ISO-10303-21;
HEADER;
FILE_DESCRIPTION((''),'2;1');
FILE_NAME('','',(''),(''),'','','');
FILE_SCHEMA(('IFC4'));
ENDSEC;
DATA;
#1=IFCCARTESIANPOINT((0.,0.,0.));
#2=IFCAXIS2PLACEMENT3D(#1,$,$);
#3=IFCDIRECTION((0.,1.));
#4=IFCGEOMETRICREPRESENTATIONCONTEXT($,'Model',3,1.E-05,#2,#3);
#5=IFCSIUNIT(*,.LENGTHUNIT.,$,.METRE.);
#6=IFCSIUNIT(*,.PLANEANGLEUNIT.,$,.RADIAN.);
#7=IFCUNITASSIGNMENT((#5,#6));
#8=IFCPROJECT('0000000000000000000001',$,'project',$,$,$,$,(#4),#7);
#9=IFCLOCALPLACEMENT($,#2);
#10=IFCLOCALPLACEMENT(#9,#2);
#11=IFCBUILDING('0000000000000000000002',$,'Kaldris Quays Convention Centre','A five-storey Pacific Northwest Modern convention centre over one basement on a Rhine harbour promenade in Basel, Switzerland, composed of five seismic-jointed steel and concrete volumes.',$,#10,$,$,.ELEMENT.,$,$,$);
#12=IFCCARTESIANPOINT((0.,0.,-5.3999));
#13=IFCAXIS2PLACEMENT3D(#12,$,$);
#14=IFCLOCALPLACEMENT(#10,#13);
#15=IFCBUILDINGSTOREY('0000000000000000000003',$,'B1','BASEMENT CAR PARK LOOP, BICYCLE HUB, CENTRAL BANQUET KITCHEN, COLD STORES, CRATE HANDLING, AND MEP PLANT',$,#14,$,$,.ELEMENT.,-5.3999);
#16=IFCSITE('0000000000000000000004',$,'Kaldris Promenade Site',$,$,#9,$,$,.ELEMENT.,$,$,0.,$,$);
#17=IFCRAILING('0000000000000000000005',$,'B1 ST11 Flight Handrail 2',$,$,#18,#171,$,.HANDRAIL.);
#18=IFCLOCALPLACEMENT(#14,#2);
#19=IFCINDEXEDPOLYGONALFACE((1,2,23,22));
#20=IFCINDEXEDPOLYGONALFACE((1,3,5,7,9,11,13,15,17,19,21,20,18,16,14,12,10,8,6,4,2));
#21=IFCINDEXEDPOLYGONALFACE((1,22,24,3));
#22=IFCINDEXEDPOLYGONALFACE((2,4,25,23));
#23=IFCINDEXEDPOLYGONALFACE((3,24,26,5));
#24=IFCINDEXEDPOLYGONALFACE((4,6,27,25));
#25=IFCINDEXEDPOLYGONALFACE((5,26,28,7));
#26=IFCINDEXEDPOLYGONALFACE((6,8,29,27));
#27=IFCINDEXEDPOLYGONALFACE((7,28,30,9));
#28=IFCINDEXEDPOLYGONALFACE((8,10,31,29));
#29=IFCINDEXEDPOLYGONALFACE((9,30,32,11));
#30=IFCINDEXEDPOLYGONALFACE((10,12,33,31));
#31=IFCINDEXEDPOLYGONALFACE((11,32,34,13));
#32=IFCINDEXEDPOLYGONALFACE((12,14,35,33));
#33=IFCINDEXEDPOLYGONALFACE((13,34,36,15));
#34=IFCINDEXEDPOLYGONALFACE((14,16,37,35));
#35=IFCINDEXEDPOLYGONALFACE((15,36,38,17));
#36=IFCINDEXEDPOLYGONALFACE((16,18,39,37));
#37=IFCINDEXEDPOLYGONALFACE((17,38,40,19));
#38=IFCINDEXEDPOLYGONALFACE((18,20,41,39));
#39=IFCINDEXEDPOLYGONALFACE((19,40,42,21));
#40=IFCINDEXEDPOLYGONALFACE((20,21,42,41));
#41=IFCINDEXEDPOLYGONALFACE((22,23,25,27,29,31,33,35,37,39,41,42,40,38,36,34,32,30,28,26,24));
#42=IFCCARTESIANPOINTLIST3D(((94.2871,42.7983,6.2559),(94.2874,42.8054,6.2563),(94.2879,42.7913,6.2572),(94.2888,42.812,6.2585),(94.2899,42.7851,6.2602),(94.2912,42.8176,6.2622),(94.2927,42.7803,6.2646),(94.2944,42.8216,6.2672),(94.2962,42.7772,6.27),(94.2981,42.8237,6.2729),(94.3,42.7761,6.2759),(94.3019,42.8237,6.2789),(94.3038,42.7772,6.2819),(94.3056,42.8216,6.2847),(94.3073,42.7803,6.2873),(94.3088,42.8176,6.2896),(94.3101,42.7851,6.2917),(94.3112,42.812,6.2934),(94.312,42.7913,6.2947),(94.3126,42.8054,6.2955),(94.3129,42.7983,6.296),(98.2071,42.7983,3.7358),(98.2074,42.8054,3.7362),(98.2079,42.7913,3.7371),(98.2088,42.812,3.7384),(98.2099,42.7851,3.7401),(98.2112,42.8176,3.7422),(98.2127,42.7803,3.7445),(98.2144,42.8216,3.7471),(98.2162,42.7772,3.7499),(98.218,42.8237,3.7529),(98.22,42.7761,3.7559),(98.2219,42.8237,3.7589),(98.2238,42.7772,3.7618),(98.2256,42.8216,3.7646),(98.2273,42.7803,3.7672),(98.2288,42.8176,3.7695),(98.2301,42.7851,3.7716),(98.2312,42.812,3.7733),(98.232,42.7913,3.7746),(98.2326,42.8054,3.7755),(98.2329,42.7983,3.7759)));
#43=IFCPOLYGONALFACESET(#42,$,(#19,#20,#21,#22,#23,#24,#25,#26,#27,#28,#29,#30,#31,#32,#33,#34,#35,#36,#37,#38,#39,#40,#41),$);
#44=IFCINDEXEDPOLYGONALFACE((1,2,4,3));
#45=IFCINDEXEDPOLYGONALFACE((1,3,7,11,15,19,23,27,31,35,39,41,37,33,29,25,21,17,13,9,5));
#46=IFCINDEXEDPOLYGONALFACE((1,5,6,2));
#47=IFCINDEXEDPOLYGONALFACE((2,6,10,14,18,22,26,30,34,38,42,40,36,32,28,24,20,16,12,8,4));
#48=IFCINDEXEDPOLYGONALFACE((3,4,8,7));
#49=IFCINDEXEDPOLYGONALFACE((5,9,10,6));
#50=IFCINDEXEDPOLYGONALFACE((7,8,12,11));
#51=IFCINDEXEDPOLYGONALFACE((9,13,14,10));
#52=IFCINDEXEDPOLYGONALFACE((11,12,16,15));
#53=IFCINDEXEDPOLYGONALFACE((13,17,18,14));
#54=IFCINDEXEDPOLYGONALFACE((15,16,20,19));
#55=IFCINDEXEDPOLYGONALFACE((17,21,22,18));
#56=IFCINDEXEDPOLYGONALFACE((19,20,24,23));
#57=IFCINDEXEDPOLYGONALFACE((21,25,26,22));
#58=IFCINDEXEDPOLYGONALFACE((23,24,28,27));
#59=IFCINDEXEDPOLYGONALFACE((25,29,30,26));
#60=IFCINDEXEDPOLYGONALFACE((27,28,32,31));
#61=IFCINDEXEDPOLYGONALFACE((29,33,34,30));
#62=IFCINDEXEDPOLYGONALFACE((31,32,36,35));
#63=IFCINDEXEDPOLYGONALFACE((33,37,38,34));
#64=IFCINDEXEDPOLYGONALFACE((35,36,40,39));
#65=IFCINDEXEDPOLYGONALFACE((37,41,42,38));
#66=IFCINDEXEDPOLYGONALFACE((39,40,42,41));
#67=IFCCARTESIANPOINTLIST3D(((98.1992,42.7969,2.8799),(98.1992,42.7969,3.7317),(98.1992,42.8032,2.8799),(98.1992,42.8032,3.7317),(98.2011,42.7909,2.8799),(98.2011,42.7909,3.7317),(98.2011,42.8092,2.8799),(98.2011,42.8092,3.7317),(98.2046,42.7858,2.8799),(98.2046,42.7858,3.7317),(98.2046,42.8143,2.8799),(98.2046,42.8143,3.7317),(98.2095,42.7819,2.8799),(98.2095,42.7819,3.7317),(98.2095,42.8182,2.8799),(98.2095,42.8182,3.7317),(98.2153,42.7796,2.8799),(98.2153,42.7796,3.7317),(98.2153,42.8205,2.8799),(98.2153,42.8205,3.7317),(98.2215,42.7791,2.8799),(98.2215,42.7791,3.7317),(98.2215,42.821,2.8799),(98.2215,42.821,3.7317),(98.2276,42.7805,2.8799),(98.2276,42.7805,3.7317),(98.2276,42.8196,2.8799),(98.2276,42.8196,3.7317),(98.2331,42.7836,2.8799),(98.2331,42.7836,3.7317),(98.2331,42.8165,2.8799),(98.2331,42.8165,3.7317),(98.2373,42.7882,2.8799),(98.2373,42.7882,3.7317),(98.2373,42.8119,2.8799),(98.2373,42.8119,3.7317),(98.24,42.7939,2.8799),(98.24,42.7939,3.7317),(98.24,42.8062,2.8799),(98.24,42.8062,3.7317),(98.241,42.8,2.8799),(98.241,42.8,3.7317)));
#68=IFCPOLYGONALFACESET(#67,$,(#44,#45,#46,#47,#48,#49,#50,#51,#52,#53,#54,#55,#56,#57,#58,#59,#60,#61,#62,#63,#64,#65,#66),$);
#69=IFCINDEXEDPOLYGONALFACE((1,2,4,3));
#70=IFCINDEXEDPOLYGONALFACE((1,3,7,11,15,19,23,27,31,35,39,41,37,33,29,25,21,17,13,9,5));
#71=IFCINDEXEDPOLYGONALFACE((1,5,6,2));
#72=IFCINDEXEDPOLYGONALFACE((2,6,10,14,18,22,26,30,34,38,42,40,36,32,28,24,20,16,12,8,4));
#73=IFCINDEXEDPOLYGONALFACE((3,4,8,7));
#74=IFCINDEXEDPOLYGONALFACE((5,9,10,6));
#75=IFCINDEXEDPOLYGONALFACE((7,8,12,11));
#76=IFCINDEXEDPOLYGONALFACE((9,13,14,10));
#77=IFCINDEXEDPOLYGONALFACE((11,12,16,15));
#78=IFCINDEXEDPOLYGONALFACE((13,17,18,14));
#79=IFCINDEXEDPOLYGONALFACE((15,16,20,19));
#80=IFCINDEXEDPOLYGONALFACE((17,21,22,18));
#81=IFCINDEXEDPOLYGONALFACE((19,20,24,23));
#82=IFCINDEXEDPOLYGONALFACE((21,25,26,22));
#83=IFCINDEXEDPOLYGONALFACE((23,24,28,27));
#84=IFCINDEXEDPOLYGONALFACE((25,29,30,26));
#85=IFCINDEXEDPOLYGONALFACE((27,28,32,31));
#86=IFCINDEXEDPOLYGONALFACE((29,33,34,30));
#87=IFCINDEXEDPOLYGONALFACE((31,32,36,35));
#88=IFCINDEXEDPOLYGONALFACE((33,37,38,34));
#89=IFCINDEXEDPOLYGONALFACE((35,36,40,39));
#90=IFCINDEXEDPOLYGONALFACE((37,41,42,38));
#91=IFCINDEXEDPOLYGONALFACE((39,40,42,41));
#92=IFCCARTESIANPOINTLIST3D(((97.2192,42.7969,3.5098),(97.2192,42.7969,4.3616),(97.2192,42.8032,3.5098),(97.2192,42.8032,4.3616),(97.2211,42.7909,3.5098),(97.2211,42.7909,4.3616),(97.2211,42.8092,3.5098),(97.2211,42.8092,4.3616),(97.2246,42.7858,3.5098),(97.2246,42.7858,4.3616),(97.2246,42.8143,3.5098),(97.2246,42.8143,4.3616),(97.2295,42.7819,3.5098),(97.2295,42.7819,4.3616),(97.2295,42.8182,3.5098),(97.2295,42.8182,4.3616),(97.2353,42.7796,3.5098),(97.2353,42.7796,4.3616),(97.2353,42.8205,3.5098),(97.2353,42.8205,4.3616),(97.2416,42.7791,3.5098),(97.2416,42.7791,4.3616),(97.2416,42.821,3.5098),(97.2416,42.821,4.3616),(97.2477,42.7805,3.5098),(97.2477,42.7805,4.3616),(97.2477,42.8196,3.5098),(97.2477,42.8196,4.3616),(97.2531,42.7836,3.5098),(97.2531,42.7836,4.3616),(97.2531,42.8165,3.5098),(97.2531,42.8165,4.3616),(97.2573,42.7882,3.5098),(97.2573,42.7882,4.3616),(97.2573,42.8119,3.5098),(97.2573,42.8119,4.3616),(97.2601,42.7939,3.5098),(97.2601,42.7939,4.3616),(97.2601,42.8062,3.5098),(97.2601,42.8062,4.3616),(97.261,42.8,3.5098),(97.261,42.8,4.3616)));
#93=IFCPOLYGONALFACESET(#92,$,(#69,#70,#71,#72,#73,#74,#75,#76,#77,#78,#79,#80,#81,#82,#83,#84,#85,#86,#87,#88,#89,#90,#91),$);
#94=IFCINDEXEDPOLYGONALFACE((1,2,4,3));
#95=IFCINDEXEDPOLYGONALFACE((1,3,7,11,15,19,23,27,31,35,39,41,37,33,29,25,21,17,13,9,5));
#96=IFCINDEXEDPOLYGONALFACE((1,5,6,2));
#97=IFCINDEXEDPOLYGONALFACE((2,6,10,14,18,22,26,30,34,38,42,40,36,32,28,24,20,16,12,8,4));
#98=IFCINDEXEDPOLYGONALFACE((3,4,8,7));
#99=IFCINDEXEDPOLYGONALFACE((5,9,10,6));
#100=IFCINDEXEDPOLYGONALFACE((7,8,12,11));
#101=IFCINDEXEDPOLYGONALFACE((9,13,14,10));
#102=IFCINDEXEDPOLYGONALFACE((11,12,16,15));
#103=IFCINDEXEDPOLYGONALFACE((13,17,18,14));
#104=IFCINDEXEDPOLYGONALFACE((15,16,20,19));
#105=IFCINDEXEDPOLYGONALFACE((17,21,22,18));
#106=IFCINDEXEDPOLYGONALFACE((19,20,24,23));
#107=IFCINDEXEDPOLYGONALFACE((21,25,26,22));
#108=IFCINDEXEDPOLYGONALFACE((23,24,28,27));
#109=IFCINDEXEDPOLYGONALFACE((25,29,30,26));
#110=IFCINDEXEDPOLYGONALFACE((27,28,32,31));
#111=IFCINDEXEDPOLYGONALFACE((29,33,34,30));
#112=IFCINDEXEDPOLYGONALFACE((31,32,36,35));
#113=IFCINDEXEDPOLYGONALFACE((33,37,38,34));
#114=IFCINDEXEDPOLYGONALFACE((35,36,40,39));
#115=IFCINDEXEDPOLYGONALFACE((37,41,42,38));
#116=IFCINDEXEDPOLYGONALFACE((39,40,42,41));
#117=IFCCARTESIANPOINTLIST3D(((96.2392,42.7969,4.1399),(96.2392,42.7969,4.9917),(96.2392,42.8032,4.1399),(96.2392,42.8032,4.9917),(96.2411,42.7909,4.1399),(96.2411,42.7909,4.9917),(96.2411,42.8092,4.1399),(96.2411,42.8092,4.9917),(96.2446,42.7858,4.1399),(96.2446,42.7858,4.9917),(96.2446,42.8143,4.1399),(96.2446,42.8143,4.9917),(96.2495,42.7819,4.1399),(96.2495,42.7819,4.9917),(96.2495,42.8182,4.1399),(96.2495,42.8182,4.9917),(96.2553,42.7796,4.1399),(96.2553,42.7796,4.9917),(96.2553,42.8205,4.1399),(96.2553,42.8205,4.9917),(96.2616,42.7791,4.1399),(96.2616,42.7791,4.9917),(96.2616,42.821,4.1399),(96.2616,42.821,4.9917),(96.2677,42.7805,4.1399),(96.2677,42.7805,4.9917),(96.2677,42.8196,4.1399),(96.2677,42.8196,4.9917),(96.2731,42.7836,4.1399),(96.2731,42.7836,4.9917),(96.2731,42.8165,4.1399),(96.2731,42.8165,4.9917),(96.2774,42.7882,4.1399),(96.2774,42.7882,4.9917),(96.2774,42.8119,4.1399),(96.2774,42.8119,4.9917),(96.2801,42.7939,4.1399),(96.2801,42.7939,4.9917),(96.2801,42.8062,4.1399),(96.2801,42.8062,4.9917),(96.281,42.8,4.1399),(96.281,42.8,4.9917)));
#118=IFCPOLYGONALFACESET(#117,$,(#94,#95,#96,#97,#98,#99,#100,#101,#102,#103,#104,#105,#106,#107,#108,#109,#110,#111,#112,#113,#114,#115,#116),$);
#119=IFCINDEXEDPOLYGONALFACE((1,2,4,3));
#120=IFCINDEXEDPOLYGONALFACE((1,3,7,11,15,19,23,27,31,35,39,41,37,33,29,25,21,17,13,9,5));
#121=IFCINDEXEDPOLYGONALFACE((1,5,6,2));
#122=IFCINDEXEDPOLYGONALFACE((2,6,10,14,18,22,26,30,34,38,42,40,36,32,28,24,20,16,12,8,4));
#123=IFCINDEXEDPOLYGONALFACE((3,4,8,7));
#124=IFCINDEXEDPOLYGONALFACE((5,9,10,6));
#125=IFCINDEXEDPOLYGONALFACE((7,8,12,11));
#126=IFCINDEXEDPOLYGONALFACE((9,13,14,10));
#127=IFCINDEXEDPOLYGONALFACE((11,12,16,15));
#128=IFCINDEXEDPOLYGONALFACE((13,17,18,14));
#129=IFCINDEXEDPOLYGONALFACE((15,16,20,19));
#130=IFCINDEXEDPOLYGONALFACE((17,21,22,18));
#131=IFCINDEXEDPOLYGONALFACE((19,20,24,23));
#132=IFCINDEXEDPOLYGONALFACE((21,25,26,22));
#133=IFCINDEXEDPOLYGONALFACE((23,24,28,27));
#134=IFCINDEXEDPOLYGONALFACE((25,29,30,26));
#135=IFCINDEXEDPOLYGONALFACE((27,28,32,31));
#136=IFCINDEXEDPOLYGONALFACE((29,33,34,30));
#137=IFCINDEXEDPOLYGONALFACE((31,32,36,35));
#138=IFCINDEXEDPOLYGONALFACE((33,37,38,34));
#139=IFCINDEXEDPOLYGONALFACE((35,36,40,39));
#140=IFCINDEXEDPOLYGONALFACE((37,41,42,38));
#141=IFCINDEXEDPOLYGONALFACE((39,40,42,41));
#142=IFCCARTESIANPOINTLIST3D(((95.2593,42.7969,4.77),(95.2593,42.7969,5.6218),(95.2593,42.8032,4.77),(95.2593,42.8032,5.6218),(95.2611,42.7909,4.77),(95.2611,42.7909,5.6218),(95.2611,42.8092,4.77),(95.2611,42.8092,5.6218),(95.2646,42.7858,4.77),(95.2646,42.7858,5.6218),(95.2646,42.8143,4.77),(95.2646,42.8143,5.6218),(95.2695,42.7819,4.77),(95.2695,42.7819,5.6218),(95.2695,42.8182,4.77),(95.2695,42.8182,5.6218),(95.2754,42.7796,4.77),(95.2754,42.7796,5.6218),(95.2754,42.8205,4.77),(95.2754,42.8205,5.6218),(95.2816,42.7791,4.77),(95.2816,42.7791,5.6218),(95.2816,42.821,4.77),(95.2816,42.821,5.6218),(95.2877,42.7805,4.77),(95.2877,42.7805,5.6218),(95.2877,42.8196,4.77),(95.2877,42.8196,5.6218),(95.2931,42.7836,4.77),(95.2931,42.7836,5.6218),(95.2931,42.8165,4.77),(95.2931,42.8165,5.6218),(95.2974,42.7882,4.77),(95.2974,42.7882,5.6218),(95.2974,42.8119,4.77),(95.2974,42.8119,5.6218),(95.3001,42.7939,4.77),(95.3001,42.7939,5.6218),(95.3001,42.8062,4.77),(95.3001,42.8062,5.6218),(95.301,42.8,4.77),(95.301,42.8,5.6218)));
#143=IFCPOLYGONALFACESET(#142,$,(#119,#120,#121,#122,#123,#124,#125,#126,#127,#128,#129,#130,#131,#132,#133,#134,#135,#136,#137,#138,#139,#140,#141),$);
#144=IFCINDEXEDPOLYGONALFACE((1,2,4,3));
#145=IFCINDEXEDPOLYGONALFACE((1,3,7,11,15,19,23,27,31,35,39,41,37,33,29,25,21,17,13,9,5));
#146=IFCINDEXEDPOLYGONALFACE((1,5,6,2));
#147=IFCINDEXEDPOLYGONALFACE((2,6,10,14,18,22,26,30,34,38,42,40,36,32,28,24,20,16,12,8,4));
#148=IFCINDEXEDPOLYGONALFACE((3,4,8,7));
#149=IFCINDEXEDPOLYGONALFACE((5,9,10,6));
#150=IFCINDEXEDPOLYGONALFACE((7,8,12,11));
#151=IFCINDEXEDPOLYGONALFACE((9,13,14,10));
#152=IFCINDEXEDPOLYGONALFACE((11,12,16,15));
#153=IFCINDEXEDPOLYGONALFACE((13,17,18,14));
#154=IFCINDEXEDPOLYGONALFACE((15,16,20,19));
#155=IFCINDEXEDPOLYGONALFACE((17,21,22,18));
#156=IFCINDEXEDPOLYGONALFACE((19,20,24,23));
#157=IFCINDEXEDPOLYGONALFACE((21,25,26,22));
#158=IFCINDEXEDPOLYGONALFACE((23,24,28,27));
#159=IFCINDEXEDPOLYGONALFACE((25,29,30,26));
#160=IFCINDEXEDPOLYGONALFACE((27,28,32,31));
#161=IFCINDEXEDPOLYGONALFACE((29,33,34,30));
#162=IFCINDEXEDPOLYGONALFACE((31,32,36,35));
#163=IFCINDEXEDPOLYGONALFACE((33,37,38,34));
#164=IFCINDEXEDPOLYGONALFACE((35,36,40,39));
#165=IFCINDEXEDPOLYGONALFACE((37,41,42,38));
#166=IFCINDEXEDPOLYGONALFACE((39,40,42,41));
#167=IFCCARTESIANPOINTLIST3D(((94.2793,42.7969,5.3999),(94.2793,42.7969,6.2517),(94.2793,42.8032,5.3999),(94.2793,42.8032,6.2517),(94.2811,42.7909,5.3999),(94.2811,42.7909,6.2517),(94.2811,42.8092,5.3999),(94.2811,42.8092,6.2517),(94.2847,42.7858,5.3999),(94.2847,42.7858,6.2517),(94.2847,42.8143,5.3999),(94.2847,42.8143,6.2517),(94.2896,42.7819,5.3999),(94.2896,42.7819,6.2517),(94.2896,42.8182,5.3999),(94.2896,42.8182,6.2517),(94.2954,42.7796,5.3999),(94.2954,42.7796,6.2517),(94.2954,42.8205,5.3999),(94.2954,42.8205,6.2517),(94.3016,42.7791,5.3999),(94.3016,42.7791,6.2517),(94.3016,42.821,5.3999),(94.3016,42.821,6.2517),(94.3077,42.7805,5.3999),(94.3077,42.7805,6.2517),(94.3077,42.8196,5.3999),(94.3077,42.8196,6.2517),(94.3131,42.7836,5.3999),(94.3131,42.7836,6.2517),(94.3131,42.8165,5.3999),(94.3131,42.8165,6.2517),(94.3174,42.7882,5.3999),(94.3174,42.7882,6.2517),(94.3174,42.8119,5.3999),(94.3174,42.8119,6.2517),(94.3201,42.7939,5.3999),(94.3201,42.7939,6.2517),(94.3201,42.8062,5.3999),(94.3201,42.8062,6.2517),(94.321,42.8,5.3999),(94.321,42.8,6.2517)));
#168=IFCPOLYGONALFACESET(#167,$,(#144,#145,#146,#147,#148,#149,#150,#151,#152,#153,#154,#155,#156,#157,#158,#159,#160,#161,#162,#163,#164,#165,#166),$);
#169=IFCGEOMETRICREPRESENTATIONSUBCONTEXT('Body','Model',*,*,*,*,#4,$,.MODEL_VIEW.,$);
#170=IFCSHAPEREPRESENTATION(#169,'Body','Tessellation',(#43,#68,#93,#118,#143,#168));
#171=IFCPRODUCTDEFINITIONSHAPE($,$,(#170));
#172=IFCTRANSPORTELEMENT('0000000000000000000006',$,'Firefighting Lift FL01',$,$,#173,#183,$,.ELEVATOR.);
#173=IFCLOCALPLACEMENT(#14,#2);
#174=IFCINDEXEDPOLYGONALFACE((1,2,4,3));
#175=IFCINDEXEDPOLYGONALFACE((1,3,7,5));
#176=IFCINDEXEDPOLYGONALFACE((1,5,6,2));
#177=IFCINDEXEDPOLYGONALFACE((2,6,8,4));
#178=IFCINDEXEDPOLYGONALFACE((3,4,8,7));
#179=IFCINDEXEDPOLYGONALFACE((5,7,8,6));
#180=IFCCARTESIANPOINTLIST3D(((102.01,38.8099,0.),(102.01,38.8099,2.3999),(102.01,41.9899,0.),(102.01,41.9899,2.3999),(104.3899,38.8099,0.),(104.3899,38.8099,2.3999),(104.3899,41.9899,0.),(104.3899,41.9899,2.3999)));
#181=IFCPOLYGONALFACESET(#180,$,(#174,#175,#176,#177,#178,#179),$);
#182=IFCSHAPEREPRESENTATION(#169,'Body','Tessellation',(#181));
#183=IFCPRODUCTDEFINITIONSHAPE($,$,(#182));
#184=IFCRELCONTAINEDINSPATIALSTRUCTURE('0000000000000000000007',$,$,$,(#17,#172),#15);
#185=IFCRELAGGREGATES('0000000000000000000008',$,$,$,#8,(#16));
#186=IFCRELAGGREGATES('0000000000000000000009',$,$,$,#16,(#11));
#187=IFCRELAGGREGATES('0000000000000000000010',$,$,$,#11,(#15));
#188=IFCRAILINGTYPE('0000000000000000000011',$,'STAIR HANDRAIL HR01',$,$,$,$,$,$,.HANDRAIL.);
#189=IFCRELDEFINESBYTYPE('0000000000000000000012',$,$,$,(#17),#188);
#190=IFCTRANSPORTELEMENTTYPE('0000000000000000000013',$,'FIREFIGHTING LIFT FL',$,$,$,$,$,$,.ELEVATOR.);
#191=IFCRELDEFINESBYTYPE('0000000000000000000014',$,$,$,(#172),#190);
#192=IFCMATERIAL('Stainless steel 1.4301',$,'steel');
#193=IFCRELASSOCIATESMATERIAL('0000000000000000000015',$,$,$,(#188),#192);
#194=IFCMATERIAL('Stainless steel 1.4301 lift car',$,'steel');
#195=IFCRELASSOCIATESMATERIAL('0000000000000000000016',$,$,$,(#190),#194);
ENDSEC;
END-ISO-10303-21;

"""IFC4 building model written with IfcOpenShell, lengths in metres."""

from ifc_helpers import new_model, si_unit, direction, frame, origin, origin_2d, place, context, subcontext, project, spatial, rectangle, circle, extrude, material, type_object, element, save


model = new_model("IFC4")

# Units and contexts
model_context = context("Model", 3, precision=1e-05, world=origin(), true_north=direction((0.0, 1.0)))
body_context = subcontext(model_context, "Body", "Model", "MODEL_VIEW")
ifc_project = project(units=[si_unit("LENGTHUNIT", "METRE"), si_unit("PLANEANGLEUNIT", "RADIAN")], contexts=[model_context])

# Site, building, storey
site_placement = place(None, origin())
site = spatial("IfcSite", under=ifc_project, at=site_placement, Name="Kaldris Promenade Site", CompositionType="ELEMENT", RefElevation=0.0)
building_placement = place(site_placement, origin())
building = spatial("IfcBuilding", under=site, at=building_placement, Name="Kaldris Quays Convention Centre", Description="A five-storey Pacific Northwest Modern convention centre over one basement on a Rhine harbour promenade in Basel, Switzerland, composed of five seismic-jointed steel and concrete volumes.", CompositionType="ELEMENT")
storey_placement = place(building_placement, frame((0.0, 0.0, -5.3999)))
storey = spatial("IfcBuildingStorey", under=building, at=storey_placement, Name="B1", Description="BASEMENT CAR PARK LOOP, BICYCLE HUB, CENTRAL BANQUET KITCHEN, COLD STORES, CRATE HANDLING, AND MEP PLANT", CompositionType="ELEMENT", Elevation=-5.3999)

# Railing
ifc_material_1 = material(Name="Stainless steel 1.4301", Category="steel")
railing_type_1 = type_object("IfcRailingType", Name="STAIR HANDRAIL HR01", PredefinedType="HANDRAIL", material=ifc_material_1)
railing_1_placement = place(storey_placement, frame((98.22, 42.8, 2.8799)))
element("IfcRailing", 1, at=railing_1_placement, inside=storey, type_object=railing_type_1, Name="B1 ST11 Flight Handrail 2", PredefinedType="HANDRAIL", context=body_context, shape_type="SweptSolid", body=[
    extrude(circle(Radius=0.0239, at=origin_2d()), frame((0.0, 0.0, 0.876), z_axis=(-0.841172, 0.0, 0.540768), x_axis=(0.0, -1.0, 0.0)), (0.0, 0.0, 1.0), 4.6602),
    extrude(circle(Radius=0.021, at=origin_2d()), origin(), (0.0, 0.0, 1.0), 0.8518),
    extrude(circle(Radius=0.021, at=origin_2d()), frame((-0.98, 0.0, 0.6299)), (0.0, 0.0, 1.0), 0.8518),
    extrude(circle(Radius=0.021, at=origin_2d()), frame((-1.96, 0.0, 1.26)), (0.0, 0.0, 1.0), 0.8518),
    extrude(circle(Radius=0.021, at=origin_2d()), frame((-2.9399, 0.0, 1.8901)), (0.0, 0.0, 1.0), 0.8518),
    extrude(circle(Radius=0.021, at=origin_2d()), frame((-3.9199, 0.0, 2.52)), (0.0, 0.0, 1.0), 0.8518),
])

# Transport element
ifc_material_2 = material(Name="Stainless steel 1.4301 lift car", Category="steel")
transport_element_type = type_object("IfcTransportElementType", Name="FIREFIGHTING LIFT FL", PredefinedType="ELEVATOR", material=ifc_material_2)
transport_element_placement = place(storey_placement, frame((103.2, 40.3999, 0.0), z_axis=(0.0, 0.0, 1.0), x_axis=(1.0, 0.0, 0.0)))
element("IfcTransportElement", 2, at=transport_element_placement, inside=storey, type_object=transport_element_type, Name="Firefighting Lift FL01", PredefinedType="ELEVATOR", context=body_context, shape_type="SweptSolid", body=[
    extrude(rectangle(XDim=2.3799, YDim=3.1799, at=origin_2d()), origin(), (0.0, 0.0, 1.0), 2.3999),
])

save(model, "model.ifc")
